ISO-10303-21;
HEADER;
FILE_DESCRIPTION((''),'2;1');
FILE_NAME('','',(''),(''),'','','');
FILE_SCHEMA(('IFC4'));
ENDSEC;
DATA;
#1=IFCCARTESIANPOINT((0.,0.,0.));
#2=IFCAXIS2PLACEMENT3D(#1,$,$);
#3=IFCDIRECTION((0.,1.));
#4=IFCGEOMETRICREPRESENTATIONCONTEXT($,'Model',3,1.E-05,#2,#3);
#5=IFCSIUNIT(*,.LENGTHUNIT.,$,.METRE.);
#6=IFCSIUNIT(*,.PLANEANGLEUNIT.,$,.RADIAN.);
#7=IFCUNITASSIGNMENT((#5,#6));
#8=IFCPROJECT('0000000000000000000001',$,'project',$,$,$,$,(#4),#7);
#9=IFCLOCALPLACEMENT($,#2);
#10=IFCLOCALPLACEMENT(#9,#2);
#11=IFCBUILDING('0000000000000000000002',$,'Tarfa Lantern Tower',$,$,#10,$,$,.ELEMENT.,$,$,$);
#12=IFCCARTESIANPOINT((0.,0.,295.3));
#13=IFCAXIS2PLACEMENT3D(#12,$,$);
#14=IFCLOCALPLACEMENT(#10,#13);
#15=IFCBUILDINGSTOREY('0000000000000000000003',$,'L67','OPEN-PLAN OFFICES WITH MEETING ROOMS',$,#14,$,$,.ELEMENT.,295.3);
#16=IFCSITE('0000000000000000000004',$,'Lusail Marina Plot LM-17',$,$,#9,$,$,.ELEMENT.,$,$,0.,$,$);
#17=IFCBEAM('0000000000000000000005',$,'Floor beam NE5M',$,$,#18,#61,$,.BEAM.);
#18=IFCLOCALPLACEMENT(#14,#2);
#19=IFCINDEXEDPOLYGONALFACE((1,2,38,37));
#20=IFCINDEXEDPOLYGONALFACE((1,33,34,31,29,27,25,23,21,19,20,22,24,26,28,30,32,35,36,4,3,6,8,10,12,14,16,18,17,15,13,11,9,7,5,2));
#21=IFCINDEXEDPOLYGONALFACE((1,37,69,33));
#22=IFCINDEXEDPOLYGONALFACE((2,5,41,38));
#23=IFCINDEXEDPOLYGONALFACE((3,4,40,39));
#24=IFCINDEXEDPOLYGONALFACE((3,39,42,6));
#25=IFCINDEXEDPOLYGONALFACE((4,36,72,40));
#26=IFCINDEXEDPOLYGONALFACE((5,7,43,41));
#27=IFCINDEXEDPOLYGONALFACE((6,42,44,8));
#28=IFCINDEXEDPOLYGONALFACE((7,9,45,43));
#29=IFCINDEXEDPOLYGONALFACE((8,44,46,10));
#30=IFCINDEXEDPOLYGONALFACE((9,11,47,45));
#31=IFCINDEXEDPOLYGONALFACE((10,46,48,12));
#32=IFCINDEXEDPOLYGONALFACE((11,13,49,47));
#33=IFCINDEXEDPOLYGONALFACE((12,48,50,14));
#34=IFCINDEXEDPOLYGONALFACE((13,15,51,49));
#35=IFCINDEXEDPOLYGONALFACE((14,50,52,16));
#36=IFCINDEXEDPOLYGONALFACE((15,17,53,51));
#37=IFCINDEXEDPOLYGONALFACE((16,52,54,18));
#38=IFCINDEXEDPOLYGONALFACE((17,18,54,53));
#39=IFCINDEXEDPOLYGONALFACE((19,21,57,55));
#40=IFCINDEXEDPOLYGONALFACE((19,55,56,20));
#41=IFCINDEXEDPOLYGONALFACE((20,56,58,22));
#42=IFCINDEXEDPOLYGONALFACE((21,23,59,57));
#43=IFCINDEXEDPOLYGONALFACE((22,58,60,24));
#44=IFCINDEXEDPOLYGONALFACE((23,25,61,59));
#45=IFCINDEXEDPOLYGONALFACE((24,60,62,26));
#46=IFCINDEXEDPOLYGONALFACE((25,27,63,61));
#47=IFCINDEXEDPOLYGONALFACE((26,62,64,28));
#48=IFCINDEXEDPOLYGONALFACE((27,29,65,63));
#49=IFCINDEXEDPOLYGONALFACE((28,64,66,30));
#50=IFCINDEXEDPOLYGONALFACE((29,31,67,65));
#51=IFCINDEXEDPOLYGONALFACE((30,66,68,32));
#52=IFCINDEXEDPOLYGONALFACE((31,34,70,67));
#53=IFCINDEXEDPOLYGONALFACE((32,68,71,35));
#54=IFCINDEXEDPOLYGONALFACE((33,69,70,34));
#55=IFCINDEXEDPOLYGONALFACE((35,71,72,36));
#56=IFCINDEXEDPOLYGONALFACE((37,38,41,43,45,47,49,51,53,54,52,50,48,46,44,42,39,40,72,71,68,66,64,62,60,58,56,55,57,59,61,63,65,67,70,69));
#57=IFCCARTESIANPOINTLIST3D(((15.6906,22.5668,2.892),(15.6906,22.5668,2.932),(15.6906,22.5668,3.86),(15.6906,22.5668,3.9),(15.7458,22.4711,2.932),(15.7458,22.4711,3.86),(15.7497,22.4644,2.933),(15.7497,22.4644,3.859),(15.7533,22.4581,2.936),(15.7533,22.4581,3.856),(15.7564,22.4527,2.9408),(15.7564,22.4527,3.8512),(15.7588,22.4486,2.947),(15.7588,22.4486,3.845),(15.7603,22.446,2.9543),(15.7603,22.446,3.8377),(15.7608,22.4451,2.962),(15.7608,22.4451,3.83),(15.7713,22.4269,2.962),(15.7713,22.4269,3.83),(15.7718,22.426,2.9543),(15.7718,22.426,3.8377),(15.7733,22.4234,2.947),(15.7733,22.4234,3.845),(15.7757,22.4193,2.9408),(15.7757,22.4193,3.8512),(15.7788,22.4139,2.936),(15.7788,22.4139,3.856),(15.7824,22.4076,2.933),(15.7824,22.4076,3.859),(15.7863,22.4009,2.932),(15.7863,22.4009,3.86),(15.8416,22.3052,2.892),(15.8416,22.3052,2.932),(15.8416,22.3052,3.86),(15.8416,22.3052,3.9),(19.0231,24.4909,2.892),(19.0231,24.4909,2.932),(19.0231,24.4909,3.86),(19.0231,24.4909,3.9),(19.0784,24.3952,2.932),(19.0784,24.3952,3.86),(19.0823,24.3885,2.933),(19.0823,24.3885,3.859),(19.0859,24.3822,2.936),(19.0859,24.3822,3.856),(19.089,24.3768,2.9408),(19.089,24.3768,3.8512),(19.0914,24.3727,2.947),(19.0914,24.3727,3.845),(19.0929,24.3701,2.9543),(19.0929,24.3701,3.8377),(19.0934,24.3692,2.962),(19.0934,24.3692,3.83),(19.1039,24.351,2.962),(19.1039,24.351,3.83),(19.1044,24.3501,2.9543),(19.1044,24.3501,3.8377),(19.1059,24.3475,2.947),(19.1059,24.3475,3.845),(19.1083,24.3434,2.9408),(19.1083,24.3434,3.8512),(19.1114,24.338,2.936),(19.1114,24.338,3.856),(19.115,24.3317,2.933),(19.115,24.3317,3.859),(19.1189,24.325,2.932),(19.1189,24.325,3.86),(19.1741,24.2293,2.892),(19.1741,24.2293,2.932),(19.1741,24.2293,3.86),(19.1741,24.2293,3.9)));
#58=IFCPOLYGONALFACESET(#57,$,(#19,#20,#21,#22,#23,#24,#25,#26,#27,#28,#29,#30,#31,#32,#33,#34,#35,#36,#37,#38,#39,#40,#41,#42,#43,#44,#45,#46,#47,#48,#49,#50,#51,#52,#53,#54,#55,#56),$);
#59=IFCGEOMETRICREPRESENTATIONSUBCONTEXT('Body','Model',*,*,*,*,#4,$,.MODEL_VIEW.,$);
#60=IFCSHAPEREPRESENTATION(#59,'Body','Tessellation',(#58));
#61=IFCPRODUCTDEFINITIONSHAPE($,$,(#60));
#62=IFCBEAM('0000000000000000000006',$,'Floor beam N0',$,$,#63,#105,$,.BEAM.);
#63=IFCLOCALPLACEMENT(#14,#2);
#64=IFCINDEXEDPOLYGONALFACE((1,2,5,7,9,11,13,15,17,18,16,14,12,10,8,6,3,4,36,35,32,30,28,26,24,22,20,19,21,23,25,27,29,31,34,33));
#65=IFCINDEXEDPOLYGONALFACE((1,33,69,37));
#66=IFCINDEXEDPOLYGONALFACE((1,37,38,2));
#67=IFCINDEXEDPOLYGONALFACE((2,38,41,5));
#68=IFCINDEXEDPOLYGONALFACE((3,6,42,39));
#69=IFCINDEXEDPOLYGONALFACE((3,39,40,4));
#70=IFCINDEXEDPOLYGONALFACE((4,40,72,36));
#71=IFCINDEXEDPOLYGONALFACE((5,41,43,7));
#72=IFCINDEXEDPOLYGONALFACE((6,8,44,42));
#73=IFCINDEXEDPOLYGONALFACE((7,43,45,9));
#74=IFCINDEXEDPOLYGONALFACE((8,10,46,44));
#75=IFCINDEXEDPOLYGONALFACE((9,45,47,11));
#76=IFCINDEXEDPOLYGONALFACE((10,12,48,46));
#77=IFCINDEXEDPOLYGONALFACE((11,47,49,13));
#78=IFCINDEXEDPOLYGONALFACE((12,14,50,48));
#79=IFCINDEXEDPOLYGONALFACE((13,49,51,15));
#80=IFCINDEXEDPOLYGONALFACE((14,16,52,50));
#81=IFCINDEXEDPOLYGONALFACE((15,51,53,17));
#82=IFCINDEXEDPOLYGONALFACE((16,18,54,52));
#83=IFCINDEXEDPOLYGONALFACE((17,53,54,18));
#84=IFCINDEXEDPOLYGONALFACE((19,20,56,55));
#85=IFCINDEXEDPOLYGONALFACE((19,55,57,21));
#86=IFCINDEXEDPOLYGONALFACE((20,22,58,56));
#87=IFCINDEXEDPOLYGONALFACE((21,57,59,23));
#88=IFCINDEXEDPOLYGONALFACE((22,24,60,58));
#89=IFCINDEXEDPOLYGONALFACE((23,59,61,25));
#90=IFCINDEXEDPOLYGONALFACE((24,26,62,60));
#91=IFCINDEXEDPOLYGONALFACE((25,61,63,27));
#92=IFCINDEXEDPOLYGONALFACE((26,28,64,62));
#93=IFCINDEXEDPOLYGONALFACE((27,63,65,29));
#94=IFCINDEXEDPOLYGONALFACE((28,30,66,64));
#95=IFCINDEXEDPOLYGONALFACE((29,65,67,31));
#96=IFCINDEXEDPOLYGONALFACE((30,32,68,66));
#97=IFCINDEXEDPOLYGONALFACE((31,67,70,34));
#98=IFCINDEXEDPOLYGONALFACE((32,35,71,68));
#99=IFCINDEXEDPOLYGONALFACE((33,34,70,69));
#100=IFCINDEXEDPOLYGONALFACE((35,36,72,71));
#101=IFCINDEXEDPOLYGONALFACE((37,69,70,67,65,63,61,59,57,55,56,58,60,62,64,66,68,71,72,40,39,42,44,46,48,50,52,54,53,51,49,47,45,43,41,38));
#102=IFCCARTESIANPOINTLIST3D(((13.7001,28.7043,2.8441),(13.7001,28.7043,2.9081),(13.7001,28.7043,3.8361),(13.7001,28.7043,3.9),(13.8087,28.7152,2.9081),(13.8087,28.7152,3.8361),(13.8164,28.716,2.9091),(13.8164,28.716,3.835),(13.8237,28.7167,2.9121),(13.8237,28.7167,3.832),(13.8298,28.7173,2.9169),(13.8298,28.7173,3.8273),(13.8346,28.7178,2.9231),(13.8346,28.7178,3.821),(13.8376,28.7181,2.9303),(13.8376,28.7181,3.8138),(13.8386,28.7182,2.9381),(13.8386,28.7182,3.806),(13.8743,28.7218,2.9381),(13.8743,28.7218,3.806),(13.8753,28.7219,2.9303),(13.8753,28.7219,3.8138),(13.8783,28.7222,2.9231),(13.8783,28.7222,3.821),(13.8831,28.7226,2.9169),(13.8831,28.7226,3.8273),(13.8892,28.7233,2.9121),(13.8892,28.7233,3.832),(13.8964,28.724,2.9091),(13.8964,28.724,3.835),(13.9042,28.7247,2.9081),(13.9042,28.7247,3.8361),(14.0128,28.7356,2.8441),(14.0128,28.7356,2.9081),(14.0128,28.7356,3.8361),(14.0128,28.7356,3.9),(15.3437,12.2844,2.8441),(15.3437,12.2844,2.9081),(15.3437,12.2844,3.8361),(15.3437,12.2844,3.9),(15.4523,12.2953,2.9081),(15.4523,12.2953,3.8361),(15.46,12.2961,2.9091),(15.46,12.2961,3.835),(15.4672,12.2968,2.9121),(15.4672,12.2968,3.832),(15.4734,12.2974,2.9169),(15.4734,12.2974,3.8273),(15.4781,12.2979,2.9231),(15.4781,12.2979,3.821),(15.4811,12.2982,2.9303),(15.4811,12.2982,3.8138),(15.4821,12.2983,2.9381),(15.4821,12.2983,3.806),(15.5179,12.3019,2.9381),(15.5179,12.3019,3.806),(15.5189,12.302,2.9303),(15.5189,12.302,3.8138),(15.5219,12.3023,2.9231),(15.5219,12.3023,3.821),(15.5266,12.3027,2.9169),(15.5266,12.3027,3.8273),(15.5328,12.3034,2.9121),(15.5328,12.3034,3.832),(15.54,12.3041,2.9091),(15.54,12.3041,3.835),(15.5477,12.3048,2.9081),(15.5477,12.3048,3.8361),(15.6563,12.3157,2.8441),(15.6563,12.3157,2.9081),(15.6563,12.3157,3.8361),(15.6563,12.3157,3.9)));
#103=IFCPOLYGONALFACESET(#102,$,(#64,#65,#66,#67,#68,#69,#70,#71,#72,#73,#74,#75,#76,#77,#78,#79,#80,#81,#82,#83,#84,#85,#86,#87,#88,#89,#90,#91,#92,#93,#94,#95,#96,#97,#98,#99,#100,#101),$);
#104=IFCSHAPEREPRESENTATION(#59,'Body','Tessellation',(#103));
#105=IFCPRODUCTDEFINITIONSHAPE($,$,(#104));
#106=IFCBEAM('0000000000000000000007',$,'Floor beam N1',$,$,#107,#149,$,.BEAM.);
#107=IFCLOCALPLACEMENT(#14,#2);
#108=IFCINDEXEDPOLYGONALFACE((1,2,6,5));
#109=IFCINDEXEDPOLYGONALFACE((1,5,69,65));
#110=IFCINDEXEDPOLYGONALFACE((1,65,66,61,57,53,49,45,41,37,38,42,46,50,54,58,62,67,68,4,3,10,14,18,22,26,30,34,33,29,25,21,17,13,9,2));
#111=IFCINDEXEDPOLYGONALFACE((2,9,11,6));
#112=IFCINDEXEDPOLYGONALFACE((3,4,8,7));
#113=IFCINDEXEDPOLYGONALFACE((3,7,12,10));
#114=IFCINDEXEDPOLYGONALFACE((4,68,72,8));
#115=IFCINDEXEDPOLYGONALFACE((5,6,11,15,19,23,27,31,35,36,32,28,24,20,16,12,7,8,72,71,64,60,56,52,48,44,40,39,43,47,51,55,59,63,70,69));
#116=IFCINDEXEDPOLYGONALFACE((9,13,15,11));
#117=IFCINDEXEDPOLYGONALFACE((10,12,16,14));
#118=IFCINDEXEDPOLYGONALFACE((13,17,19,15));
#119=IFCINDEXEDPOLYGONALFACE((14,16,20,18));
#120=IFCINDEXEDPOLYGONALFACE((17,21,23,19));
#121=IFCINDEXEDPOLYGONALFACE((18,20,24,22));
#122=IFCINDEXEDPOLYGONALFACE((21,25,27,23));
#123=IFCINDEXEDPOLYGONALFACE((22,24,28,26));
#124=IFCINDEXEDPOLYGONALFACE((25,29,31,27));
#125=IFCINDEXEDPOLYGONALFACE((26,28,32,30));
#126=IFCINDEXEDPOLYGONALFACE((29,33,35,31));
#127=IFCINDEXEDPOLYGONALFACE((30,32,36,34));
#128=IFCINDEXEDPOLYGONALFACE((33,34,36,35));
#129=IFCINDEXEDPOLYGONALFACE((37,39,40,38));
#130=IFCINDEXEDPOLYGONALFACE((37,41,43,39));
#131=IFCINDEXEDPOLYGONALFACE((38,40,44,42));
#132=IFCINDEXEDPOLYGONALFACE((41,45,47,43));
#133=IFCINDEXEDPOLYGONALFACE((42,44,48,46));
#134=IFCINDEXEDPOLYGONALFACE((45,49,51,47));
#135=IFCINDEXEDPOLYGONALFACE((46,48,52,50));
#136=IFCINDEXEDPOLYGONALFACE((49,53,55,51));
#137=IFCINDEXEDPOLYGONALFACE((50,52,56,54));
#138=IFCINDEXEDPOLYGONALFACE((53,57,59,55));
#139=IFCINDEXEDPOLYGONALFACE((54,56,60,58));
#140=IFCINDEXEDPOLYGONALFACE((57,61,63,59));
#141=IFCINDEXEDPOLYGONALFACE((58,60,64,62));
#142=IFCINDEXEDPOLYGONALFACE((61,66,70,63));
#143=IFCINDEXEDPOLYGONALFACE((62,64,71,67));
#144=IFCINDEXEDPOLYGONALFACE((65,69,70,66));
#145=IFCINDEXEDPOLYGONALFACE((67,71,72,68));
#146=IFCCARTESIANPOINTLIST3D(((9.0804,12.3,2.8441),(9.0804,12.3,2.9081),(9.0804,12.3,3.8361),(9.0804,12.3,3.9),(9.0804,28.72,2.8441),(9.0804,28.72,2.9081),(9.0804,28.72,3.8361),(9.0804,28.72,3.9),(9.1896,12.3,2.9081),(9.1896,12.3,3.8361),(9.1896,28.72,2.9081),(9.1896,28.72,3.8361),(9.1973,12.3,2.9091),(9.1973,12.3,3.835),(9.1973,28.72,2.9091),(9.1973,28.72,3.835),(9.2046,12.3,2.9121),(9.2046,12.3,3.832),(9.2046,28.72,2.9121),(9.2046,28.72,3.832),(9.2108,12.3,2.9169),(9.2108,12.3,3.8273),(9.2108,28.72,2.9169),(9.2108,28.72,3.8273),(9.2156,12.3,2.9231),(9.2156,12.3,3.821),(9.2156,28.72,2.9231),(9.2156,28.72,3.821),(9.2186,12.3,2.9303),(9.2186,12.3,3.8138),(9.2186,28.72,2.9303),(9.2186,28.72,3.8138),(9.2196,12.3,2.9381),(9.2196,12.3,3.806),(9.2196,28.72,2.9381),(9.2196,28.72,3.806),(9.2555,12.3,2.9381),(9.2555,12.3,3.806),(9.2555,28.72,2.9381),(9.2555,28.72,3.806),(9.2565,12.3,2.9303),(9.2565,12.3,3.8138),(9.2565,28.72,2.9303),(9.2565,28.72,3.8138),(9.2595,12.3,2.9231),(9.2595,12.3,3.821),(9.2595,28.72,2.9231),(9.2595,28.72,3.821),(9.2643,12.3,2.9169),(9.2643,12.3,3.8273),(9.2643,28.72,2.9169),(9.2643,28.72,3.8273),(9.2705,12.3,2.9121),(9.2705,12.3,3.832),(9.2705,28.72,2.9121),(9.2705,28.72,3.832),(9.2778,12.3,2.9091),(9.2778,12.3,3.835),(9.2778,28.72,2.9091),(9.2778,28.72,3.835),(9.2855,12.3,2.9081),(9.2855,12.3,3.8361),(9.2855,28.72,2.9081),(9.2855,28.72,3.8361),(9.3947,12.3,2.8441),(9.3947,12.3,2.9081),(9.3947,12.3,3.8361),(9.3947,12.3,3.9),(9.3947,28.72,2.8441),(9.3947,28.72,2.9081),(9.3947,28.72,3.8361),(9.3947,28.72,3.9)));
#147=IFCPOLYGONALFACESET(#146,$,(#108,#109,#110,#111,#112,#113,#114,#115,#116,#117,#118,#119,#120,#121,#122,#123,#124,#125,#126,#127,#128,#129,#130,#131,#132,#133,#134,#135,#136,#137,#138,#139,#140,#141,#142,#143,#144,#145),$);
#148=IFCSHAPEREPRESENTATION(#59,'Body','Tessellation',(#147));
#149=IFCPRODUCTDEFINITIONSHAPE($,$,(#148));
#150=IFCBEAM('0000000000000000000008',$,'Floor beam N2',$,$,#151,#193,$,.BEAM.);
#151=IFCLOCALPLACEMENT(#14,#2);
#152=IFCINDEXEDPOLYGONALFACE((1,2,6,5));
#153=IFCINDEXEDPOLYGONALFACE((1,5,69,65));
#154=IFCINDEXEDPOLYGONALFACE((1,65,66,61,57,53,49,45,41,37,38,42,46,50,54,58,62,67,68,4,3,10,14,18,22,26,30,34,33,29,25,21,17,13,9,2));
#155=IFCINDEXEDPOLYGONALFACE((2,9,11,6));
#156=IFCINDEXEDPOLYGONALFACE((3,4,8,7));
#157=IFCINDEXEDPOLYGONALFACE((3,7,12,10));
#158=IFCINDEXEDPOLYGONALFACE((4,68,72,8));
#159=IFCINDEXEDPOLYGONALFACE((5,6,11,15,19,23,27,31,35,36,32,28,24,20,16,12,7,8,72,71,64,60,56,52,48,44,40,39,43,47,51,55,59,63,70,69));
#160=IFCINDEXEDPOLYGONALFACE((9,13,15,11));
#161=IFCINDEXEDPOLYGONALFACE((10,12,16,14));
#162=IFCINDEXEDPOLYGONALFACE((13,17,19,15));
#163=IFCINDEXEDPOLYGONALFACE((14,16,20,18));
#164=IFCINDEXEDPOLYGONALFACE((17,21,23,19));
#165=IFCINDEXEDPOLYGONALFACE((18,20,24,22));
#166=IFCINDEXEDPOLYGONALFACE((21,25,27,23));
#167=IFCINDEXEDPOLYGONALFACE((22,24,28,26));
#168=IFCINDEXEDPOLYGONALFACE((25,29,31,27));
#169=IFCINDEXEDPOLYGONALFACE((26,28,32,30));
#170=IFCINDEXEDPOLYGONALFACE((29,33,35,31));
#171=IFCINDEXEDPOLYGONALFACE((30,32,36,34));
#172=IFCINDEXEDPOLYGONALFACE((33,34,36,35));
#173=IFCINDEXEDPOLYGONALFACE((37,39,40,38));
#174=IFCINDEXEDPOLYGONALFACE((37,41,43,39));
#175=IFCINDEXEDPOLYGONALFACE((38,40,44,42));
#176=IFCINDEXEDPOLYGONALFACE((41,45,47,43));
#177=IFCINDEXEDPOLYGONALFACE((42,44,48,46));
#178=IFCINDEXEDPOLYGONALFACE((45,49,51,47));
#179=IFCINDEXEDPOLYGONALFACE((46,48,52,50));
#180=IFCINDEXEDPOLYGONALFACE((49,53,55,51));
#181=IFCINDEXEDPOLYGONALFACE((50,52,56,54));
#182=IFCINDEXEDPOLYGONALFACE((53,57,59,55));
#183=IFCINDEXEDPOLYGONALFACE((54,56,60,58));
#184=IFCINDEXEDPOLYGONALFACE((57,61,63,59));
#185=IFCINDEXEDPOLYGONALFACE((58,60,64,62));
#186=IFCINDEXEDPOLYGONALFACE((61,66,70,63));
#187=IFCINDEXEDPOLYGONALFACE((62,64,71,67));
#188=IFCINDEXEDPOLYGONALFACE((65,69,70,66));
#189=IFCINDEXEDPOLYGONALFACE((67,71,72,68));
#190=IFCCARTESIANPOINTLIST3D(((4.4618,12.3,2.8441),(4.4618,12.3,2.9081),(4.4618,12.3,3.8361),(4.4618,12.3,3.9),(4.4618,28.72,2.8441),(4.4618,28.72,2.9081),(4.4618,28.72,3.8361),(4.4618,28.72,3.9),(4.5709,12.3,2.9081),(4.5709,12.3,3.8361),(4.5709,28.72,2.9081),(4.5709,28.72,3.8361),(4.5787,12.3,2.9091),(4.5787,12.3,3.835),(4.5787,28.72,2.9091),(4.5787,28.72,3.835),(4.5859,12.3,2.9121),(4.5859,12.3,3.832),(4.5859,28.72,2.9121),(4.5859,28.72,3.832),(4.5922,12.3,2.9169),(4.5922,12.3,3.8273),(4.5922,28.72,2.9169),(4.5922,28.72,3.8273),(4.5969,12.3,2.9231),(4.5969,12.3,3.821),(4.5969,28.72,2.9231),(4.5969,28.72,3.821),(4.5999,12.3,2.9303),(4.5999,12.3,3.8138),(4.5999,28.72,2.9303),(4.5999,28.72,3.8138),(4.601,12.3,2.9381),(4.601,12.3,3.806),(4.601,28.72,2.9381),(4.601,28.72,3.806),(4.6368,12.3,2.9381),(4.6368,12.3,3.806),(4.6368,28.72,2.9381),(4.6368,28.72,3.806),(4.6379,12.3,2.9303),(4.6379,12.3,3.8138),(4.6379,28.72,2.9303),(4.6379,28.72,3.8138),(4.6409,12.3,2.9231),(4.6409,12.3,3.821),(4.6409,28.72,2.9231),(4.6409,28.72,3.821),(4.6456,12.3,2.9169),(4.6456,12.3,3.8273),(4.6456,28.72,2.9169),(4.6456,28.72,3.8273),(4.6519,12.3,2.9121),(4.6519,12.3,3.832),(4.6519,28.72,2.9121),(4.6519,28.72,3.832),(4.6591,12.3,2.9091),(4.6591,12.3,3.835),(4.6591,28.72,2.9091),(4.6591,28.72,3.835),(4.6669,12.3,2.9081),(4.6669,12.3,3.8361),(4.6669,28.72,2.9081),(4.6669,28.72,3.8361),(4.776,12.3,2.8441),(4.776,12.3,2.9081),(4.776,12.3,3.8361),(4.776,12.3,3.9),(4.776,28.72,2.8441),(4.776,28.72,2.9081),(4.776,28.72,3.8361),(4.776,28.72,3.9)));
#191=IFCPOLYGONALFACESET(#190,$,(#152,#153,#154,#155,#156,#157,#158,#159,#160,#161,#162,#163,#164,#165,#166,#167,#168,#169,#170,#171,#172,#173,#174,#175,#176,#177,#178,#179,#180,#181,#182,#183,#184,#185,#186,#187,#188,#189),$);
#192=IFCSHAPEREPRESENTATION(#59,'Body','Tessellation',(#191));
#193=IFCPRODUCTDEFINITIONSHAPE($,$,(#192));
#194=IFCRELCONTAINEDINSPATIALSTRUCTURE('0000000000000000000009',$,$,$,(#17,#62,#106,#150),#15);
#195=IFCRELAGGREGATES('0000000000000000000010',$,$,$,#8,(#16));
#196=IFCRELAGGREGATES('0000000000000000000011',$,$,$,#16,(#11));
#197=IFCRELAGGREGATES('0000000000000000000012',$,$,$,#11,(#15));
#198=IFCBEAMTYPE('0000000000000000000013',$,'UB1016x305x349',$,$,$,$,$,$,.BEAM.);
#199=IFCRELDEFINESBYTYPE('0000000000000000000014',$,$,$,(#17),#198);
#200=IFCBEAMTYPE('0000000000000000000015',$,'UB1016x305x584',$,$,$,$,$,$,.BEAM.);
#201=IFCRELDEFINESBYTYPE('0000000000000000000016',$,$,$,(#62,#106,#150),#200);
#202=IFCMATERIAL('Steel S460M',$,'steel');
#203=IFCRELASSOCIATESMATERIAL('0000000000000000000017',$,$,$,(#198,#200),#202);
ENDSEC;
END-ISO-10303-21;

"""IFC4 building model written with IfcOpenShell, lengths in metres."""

from ifc_helpers import new_model, si_unit, direction, frame, origin, origin_2d, place, context, subcontext, project, spatial, i_section, extrude, material, material_profile, profile_set, type_object, element, save


model = new_model("IFC4")

# Units and contexts
model_context = context("Model", 3, precision=1e-05, world=origin(), true_north=direction((0.0, 1.0)))
body_context = subcontext(model_context, "Body", "Model", "MODEL_VIEW")
ifc_project = project(units=[si_unit("LENGTHUNIT", "METRE"), si_unit("PLANEANGLEUNIT", "RADIAN")], contexts=[model_context])

# Site, building, storey
site_placement = place(None, origin())
site = spatial("IfcSite", under=ifc_project, at=site_placement, Name="Lusail Marina Plot LM-17", CompositionType="ELEMENT", RefElevation=0.0)
building_placement = place(site_placement, origin())
building = spatial("IfcBuilding", under=site, at=building_placement, Name="Tarfa Lantern Tower", CompositionType="ELEMENT")
storey_placement = place(building_placement, frame((0.0, 0.0, 295.3)))
storey = spatial("IfcBuildingStorey", under=building, at=storey_placement, Name="L67", Description="OPEN-PLAN OFFICES WITH MEETING ROOMS", CompositionType="ELEMENT", Elevation=295.3)

# Beams
ifc_material_1 = material(Name="Steel S460M", Category="steel")
ifc_material_profile_1 = material_profile(ifc_material_1, i_section(OverallWidth=0.302, OverallDepth=1.0081, WebThickness=0.021, FlangeThickness=0.04, FilletRadius=0.03, at=origin_2d()), Name="UB1016x305x349")
ifc_profile_set_1 = profile_set([ifc_material_profile_1], Name="Steel S460M")
beam_type_1 = type_object("IfcBeamType", Name="UB1016x305x349", PredefinedType="BEAM", material=ifc_profile_set_1)
beam_1_placement = place(storey_placement, frame((19.0986, 24.3601, 3.396), z_axis=(-0.866021, -0.500008, 0.0), x_axis=(0.500008, -0.866021, 0.0)))
element("IfcBeam", 1, at=beam_1_placement, inside=storey, type_object=beam_type_1, Name="Floor beam NE5M", PredefinedType="BEAM", context=body_context, shape_type="SweptSolid", body=[
    extrude(i_section(OverallWidth=0.302, OverallDepth=1.0081, WebThickness=0.021, FlangeThickness=0.04, FilletRadius=0.03, at=origin_2d()), origin(), (0.0, 0.0, 1.0), 3.8481),
])
ifc_material_profile_2 = material_profile(ifc_material_1, i_section(OverallWidth=0.3142, OverallDepth=1.0559, WebThickness=0.0359, FlangeThickness=0.064, FilletRadius=0.03, at=origin_2d()), Name="UB1016x305x584")
ifc_profile_set_2 = profile_set([ifc_material_profile_2], Name="Steel S460M")
beam_type_2 = type_object("IfcBeamType", Name="UB1016x305x584", PredefinedType="BEAM", material=ifc_profile_set_2)
beam_2_placement = place(storey_placement, frame((13.8564, 28.72, 3.3721), z_axis=(0.099597, -0.995028, 0.0), x_axis=(0.995028, 0.099597, 0.0)))
element("IfcBeam", 2, at=beam_2_placement, inside=storey, type_object=beam_type_2, Name="Floor beam N0", PredefinedType="BEAM", context=body_context, shape_type="SweptSolid", body=[
    extrude(i_section(OverallWidth=0.3142, OverallDepth=1.0559, WebThickness=0.0359, FlangeThickness=0.064, FilletRadius=0.03, at=origin_2d()), origin(), (0.0, 0.0, 1.0), 16.502),
])
for number, where, z_axis, x_axis, name in (
    (3, (9.2375, 28.72, 3.3721), (0.0, -1.0, 0.0), (1.0, 0.0, 0.0), "Floor beam N1"),
    (4, (4.6189, 28.72, 3.3721), (0.0, -1.0, 0.0), (1.0, 0.0, 0.0), "Floor beam N2"),
):
    element("IfcBeam", number, at=place(storey_placement, frame(where, z_axis=z_axis, x_axis=x_axis)), inside=storey, type_object=beam_type_2, Name=name, PredefinedType="BEAM", context=body_context, shape_type="SweptSolid", body=[
        extrude(i_section(OverallWidth=0.3142, OverallDepth=1.0559, WebThickness=0.0359, FlangeThickness=0.064, FilletRadius=0.03, at=origin_2d()), origin(), (0.0, 0.0, 1.0), 16.4199),
    ])

save(model, "model.ifc")
